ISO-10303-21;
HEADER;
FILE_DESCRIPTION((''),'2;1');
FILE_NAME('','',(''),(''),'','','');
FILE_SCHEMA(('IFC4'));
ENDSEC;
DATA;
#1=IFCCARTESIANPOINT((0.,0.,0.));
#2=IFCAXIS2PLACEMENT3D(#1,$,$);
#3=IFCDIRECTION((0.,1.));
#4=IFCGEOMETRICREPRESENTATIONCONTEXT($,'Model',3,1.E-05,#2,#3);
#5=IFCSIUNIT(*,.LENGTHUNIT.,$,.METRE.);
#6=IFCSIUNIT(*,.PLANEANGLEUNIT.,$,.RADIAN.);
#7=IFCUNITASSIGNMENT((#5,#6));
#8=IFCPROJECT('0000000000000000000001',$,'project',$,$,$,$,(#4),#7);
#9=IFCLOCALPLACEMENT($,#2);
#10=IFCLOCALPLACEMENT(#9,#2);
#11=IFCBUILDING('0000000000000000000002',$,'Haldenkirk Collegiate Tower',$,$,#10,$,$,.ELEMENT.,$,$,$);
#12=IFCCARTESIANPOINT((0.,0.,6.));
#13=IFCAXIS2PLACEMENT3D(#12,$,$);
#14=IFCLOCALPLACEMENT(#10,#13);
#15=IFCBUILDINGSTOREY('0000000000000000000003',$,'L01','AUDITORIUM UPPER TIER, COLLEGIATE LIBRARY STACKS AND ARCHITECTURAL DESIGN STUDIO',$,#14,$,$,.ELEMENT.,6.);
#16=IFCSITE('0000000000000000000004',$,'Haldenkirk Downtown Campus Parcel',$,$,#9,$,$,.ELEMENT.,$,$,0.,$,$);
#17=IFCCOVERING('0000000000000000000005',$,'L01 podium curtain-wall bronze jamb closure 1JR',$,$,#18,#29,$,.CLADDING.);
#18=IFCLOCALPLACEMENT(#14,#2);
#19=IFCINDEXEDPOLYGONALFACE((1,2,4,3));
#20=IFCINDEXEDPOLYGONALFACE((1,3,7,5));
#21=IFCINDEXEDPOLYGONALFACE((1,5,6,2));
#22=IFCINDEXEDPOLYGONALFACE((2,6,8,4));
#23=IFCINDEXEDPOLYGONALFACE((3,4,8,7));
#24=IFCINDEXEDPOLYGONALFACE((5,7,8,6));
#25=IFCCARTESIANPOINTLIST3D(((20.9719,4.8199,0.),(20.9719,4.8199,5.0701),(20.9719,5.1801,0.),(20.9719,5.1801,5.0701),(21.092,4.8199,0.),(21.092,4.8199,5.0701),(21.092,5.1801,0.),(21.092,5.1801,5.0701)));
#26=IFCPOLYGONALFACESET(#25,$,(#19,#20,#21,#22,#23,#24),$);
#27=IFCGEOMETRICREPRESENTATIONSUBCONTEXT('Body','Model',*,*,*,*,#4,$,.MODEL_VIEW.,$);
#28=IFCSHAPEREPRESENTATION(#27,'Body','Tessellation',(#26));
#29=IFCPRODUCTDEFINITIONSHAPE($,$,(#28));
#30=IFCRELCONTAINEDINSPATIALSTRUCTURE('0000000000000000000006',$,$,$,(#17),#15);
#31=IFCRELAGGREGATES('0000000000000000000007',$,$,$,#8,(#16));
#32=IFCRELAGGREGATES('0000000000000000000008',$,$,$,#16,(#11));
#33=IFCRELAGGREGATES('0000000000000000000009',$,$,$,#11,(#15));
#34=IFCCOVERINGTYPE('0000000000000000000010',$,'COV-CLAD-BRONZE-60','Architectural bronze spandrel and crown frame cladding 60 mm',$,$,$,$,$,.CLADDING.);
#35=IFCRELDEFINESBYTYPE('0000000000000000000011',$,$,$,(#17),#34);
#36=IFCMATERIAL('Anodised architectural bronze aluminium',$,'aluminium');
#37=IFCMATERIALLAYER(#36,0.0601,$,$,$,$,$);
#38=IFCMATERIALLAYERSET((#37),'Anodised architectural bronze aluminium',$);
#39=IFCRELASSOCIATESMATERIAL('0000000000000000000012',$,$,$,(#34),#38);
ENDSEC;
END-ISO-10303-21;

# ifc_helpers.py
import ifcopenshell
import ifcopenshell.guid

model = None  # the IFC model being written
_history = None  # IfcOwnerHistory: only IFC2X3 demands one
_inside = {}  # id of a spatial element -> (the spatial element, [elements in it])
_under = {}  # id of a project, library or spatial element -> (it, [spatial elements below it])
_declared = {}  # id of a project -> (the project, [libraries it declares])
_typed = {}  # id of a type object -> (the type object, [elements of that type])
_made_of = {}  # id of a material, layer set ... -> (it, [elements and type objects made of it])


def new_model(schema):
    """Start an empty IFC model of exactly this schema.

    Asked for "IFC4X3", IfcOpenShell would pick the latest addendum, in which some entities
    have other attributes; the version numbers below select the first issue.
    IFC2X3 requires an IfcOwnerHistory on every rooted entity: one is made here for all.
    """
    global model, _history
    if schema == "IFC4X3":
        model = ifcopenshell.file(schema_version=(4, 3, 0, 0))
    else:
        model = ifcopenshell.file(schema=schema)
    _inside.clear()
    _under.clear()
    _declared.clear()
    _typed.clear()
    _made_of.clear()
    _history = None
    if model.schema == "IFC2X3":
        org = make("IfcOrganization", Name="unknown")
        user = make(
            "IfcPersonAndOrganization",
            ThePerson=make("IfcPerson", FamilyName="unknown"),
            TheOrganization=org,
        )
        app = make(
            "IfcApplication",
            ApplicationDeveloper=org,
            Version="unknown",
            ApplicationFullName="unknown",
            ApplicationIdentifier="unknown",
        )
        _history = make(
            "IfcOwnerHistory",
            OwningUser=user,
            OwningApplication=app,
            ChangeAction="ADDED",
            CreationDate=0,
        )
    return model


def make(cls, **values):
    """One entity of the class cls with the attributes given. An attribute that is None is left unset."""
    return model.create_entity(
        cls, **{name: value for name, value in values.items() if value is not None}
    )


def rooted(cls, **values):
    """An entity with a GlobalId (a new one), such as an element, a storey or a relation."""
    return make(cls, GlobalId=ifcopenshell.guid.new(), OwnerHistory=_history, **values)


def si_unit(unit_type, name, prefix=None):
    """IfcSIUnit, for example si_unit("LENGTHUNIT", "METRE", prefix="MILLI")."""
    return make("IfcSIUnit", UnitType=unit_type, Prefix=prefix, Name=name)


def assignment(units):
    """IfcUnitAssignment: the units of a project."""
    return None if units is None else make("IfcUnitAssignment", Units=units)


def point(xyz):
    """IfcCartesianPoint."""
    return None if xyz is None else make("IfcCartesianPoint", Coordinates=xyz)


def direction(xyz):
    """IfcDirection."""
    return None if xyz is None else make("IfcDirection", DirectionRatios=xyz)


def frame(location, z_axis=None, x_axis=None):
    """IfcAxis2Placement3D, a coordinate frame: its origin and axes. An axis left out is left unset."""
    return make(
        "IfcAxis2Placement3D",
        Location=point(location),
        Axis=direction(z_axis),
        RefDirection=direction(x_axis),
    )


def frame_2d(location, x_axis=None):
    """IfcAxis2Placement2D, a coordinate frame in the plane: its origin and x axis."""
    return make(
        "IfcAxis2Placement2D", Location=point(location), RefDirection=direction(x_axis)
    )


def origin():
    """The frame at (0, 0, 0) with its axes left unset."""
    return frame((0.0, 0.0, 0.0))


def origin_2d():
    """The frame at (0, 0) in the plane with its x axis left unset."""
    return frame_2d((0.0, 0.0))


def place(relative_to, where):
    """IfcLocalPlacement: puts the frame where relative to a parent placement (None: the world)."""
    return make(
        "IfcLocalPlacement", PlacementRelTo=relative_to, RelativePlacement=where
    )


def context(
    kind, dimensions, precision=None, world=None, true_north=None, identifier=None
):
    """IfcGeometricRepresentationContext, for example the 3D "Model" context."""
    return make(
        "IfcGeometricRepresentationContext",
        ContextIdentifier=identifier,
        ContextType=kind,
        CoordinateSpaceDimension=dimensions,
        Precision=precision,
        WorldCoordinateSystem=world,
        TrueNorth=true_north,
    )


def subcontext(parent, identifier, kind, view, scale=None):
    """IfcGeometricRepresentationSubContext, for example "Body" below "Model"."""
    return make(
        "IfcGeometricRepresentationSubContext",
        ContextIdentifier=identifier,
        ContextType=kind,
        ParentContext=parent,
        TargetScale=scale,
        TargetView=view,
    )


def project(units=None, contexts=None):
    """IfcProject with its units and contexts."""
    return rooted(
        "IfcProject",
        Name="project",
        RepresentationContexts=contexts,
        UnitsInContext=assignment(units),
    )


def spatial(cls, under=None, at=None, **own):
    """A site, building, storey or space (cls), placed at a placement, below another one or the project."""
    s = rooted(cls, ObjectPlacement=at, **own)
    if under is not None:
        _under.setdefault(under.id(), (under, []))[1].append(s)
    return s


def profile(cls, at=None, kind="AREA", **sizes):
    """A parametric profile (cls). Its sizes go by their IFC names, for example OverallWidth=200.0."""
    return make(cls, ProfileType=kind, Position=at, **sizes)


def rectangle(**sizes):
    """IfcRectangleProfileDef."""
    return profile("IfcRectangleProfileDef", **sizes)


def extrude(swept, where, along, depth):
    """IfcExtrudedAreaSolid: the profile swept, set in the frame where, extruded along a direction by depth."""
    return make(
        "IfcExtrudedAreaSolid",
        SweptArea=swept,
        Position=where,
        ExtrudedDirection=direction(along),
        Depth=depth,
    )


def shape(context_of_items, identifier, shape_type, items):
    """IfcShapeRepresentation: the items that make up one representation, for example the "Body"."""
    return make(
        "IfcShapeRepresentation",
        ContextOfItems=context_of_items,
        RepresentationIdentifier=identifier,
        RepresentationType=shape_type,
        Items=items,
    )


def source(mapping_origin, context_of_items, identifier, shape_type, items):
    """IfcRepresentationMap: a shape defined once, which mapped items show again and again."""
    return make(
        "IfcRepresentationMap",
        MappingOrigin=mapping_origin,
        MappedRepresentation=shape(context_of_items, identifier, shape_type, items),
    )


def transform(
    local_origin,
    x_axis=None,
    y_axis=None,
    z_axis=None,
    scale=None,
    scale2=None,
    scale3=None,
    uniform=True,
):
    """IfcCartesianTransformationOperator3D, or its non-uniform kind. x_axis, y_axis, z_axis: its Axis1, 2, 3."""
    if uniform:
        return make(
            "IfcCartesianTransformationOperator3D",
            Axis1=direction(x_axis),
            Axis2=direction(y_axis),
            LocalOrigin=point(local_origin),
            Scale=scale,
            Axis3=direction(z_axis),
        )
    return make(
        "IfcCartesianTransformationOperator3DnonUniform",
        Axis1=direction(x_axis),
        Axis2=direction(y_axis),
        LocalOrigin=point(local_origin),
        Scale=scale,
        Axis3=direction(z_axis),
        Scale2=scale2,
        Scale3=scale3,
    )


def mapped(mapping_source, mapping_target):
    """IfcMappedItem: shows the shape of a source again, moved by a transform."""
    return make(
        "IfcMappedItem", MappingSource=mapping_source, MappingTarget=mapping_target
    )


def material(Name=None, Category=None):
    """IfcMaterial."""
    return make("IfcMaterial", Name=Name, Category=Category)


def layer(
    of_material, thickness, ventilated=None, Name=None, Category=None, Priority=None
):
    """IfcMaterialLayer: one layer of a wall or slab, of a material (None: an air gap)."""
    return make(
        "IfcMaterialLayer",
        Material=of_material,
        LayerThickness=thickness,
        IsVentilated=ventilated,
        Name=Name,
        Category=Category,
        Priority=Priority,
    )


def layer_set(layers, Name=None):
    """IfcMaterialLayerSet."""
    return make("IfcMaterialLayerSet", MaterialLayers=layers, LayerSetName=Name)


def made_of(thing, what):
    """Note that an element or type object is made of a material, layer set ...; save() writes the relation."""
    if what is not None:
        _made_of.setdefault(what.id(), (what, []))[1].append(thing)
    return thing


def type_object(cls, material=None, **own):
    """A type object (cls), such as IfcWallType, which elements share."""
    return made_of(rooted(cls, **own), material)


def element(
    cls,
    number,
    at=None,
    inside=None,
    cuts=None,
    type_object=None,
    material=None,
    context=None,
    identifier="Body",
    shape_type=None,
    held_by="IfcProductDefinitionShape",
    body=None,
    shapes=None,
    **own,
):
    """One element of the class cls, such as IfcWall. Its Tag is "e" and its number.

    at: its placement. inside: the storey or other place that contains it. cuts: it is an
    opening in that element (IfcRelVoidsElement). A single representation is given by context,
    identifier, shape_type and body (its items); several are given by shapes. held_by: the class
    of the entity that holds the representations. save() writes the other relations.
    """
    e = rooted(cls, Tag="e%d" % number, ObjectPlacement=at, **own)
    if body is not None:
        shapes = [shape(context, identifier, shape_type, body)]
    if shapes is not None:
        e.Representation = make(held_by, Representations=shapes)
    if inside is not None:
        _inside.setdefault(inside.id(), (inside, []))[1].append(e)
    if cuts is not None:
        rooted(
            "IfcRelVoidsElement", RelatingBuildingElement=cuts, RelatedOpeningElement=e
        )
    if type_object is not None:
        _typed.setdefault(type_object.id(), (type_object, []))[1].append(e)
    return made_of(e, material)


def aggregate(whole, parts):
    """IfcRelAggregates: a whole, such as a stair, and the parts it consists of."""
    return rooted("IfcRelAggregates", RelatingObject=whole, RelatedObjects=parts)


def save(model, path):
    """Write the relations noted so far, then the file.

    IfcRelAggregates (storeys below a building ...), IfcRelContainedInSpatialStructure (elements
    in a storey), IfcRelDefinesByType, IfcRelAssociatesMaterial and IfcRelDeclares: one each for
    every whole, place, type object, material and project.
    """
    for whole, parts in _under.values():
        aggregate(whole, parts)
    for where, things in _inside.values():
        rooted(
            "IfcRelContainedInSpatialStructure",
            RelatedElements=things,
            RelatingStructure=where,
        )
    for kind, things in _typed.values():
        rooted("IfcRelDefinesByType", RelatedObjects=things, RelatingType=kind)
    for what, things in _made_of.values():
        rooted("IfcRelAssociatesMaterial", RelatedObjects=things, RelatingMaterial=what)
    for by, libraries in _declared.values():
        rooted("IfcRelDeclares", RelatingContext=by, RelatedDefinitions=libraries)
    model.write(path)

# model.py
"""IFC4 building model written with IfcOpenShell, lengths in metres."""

from ifc_helpers import new_model, si_unit, direction, frame, origin, origin_2d, place, context, subcontext, project, spatial, rectangle, extrude, source, transform, mapped, material, layer, layer_set, type_object, element, save


model = new_model("IFC4")

# Units and contexts
model_context = context("Model", 3, precision=1e-05, world=origin(), true_north=direction((0.0, 1.0)))
body_context = subcontext(model_context, "Body", "Model", "MODEL_VIEW")
ifc_project = project(units=[si_unit("LENGTHUNIT", "METRE"), si_unit("PLANEANGLEUNIT", "RADIAN")], contexts=[model_context])

# Site, building, storey
site_placement = place(None, origin())
site = spatial("IfcSite", under=ifc_project, at=site_placement, Name="Haldenkirk Downtown Campus Parcel", CompositionType="ELEMENT", RefElevation=0.0)
building_placement = place(site_placement, origin())
building = spatial("IfcBuilding", under=site, at=building_placement, Name="Haldenkirk Collegiate Tower", CompositionType="ELEMENT")
storey_placement = place(building_placement, frame((0.0, 0.0, 6.0)))
storey = spatial("IfcBuildingStorey", under=building, at=storey_placement, Name="L01", Description="AUDITORIUM UPPER TIER, COLLEGIATE LIBRARY STACKS AND ARCHITECTURAL DESIGN STUDIO", CompositionType="ELEMENT", Elevation=6.0)

# Shared definitions
ifc_material_1 = material(Name="Anodised architectural bronze aluminium", Category="aluminium")

# Covering
ifc_layer_1 = layer(ifc_material_1, 0.0601)
ifc_layer_set_1 = layer_set([ifc_layer_1], Name="Anodised architectural bronze aluminium")
covering_type = type_object("IfcCoveringType", Name="COV-CLAD-BRONZE-60", Description="Architectural bronze spandrel and crown frame cladding 60 mm", PredefinedType="CLADDING", material=ifc_layer_set_1)
shared_shape_1 = source(origin(), body_context, "Body", "SweptSolid", [
    extrude(rectangle(XDim=0.1201, YDim=0.3601, at=origin_2d()), origin(), (0.0, 0.0, 1.0), 5.0701),
])
covering_placement = place(storey_placement, frame((21.032, 5.0, 0.0), z_axis=(0.0, 0.0, 1.0), x_axis=(-1.0, 0.0, 0.0)))
element("IfcCovering", 1, at=covering_placement, inside=storey, type_object=covering_type, Name="L01 podium curtain-wall bronze jamb closure 1JR", PredefinedType="CLADDING", context=body_context, shape_type="MappedRepresentation", body=[
    mapped(shared_shape_1, transform((0.0, 0.0, 0.0), x_axis=(1.0, 0.0, 0.0), y_axis=(0.0, 1.0, 0.0), z_axis=(0.0, 0.0, 1.0), scale=1.0)),
])

save(model, "model.ifc")
